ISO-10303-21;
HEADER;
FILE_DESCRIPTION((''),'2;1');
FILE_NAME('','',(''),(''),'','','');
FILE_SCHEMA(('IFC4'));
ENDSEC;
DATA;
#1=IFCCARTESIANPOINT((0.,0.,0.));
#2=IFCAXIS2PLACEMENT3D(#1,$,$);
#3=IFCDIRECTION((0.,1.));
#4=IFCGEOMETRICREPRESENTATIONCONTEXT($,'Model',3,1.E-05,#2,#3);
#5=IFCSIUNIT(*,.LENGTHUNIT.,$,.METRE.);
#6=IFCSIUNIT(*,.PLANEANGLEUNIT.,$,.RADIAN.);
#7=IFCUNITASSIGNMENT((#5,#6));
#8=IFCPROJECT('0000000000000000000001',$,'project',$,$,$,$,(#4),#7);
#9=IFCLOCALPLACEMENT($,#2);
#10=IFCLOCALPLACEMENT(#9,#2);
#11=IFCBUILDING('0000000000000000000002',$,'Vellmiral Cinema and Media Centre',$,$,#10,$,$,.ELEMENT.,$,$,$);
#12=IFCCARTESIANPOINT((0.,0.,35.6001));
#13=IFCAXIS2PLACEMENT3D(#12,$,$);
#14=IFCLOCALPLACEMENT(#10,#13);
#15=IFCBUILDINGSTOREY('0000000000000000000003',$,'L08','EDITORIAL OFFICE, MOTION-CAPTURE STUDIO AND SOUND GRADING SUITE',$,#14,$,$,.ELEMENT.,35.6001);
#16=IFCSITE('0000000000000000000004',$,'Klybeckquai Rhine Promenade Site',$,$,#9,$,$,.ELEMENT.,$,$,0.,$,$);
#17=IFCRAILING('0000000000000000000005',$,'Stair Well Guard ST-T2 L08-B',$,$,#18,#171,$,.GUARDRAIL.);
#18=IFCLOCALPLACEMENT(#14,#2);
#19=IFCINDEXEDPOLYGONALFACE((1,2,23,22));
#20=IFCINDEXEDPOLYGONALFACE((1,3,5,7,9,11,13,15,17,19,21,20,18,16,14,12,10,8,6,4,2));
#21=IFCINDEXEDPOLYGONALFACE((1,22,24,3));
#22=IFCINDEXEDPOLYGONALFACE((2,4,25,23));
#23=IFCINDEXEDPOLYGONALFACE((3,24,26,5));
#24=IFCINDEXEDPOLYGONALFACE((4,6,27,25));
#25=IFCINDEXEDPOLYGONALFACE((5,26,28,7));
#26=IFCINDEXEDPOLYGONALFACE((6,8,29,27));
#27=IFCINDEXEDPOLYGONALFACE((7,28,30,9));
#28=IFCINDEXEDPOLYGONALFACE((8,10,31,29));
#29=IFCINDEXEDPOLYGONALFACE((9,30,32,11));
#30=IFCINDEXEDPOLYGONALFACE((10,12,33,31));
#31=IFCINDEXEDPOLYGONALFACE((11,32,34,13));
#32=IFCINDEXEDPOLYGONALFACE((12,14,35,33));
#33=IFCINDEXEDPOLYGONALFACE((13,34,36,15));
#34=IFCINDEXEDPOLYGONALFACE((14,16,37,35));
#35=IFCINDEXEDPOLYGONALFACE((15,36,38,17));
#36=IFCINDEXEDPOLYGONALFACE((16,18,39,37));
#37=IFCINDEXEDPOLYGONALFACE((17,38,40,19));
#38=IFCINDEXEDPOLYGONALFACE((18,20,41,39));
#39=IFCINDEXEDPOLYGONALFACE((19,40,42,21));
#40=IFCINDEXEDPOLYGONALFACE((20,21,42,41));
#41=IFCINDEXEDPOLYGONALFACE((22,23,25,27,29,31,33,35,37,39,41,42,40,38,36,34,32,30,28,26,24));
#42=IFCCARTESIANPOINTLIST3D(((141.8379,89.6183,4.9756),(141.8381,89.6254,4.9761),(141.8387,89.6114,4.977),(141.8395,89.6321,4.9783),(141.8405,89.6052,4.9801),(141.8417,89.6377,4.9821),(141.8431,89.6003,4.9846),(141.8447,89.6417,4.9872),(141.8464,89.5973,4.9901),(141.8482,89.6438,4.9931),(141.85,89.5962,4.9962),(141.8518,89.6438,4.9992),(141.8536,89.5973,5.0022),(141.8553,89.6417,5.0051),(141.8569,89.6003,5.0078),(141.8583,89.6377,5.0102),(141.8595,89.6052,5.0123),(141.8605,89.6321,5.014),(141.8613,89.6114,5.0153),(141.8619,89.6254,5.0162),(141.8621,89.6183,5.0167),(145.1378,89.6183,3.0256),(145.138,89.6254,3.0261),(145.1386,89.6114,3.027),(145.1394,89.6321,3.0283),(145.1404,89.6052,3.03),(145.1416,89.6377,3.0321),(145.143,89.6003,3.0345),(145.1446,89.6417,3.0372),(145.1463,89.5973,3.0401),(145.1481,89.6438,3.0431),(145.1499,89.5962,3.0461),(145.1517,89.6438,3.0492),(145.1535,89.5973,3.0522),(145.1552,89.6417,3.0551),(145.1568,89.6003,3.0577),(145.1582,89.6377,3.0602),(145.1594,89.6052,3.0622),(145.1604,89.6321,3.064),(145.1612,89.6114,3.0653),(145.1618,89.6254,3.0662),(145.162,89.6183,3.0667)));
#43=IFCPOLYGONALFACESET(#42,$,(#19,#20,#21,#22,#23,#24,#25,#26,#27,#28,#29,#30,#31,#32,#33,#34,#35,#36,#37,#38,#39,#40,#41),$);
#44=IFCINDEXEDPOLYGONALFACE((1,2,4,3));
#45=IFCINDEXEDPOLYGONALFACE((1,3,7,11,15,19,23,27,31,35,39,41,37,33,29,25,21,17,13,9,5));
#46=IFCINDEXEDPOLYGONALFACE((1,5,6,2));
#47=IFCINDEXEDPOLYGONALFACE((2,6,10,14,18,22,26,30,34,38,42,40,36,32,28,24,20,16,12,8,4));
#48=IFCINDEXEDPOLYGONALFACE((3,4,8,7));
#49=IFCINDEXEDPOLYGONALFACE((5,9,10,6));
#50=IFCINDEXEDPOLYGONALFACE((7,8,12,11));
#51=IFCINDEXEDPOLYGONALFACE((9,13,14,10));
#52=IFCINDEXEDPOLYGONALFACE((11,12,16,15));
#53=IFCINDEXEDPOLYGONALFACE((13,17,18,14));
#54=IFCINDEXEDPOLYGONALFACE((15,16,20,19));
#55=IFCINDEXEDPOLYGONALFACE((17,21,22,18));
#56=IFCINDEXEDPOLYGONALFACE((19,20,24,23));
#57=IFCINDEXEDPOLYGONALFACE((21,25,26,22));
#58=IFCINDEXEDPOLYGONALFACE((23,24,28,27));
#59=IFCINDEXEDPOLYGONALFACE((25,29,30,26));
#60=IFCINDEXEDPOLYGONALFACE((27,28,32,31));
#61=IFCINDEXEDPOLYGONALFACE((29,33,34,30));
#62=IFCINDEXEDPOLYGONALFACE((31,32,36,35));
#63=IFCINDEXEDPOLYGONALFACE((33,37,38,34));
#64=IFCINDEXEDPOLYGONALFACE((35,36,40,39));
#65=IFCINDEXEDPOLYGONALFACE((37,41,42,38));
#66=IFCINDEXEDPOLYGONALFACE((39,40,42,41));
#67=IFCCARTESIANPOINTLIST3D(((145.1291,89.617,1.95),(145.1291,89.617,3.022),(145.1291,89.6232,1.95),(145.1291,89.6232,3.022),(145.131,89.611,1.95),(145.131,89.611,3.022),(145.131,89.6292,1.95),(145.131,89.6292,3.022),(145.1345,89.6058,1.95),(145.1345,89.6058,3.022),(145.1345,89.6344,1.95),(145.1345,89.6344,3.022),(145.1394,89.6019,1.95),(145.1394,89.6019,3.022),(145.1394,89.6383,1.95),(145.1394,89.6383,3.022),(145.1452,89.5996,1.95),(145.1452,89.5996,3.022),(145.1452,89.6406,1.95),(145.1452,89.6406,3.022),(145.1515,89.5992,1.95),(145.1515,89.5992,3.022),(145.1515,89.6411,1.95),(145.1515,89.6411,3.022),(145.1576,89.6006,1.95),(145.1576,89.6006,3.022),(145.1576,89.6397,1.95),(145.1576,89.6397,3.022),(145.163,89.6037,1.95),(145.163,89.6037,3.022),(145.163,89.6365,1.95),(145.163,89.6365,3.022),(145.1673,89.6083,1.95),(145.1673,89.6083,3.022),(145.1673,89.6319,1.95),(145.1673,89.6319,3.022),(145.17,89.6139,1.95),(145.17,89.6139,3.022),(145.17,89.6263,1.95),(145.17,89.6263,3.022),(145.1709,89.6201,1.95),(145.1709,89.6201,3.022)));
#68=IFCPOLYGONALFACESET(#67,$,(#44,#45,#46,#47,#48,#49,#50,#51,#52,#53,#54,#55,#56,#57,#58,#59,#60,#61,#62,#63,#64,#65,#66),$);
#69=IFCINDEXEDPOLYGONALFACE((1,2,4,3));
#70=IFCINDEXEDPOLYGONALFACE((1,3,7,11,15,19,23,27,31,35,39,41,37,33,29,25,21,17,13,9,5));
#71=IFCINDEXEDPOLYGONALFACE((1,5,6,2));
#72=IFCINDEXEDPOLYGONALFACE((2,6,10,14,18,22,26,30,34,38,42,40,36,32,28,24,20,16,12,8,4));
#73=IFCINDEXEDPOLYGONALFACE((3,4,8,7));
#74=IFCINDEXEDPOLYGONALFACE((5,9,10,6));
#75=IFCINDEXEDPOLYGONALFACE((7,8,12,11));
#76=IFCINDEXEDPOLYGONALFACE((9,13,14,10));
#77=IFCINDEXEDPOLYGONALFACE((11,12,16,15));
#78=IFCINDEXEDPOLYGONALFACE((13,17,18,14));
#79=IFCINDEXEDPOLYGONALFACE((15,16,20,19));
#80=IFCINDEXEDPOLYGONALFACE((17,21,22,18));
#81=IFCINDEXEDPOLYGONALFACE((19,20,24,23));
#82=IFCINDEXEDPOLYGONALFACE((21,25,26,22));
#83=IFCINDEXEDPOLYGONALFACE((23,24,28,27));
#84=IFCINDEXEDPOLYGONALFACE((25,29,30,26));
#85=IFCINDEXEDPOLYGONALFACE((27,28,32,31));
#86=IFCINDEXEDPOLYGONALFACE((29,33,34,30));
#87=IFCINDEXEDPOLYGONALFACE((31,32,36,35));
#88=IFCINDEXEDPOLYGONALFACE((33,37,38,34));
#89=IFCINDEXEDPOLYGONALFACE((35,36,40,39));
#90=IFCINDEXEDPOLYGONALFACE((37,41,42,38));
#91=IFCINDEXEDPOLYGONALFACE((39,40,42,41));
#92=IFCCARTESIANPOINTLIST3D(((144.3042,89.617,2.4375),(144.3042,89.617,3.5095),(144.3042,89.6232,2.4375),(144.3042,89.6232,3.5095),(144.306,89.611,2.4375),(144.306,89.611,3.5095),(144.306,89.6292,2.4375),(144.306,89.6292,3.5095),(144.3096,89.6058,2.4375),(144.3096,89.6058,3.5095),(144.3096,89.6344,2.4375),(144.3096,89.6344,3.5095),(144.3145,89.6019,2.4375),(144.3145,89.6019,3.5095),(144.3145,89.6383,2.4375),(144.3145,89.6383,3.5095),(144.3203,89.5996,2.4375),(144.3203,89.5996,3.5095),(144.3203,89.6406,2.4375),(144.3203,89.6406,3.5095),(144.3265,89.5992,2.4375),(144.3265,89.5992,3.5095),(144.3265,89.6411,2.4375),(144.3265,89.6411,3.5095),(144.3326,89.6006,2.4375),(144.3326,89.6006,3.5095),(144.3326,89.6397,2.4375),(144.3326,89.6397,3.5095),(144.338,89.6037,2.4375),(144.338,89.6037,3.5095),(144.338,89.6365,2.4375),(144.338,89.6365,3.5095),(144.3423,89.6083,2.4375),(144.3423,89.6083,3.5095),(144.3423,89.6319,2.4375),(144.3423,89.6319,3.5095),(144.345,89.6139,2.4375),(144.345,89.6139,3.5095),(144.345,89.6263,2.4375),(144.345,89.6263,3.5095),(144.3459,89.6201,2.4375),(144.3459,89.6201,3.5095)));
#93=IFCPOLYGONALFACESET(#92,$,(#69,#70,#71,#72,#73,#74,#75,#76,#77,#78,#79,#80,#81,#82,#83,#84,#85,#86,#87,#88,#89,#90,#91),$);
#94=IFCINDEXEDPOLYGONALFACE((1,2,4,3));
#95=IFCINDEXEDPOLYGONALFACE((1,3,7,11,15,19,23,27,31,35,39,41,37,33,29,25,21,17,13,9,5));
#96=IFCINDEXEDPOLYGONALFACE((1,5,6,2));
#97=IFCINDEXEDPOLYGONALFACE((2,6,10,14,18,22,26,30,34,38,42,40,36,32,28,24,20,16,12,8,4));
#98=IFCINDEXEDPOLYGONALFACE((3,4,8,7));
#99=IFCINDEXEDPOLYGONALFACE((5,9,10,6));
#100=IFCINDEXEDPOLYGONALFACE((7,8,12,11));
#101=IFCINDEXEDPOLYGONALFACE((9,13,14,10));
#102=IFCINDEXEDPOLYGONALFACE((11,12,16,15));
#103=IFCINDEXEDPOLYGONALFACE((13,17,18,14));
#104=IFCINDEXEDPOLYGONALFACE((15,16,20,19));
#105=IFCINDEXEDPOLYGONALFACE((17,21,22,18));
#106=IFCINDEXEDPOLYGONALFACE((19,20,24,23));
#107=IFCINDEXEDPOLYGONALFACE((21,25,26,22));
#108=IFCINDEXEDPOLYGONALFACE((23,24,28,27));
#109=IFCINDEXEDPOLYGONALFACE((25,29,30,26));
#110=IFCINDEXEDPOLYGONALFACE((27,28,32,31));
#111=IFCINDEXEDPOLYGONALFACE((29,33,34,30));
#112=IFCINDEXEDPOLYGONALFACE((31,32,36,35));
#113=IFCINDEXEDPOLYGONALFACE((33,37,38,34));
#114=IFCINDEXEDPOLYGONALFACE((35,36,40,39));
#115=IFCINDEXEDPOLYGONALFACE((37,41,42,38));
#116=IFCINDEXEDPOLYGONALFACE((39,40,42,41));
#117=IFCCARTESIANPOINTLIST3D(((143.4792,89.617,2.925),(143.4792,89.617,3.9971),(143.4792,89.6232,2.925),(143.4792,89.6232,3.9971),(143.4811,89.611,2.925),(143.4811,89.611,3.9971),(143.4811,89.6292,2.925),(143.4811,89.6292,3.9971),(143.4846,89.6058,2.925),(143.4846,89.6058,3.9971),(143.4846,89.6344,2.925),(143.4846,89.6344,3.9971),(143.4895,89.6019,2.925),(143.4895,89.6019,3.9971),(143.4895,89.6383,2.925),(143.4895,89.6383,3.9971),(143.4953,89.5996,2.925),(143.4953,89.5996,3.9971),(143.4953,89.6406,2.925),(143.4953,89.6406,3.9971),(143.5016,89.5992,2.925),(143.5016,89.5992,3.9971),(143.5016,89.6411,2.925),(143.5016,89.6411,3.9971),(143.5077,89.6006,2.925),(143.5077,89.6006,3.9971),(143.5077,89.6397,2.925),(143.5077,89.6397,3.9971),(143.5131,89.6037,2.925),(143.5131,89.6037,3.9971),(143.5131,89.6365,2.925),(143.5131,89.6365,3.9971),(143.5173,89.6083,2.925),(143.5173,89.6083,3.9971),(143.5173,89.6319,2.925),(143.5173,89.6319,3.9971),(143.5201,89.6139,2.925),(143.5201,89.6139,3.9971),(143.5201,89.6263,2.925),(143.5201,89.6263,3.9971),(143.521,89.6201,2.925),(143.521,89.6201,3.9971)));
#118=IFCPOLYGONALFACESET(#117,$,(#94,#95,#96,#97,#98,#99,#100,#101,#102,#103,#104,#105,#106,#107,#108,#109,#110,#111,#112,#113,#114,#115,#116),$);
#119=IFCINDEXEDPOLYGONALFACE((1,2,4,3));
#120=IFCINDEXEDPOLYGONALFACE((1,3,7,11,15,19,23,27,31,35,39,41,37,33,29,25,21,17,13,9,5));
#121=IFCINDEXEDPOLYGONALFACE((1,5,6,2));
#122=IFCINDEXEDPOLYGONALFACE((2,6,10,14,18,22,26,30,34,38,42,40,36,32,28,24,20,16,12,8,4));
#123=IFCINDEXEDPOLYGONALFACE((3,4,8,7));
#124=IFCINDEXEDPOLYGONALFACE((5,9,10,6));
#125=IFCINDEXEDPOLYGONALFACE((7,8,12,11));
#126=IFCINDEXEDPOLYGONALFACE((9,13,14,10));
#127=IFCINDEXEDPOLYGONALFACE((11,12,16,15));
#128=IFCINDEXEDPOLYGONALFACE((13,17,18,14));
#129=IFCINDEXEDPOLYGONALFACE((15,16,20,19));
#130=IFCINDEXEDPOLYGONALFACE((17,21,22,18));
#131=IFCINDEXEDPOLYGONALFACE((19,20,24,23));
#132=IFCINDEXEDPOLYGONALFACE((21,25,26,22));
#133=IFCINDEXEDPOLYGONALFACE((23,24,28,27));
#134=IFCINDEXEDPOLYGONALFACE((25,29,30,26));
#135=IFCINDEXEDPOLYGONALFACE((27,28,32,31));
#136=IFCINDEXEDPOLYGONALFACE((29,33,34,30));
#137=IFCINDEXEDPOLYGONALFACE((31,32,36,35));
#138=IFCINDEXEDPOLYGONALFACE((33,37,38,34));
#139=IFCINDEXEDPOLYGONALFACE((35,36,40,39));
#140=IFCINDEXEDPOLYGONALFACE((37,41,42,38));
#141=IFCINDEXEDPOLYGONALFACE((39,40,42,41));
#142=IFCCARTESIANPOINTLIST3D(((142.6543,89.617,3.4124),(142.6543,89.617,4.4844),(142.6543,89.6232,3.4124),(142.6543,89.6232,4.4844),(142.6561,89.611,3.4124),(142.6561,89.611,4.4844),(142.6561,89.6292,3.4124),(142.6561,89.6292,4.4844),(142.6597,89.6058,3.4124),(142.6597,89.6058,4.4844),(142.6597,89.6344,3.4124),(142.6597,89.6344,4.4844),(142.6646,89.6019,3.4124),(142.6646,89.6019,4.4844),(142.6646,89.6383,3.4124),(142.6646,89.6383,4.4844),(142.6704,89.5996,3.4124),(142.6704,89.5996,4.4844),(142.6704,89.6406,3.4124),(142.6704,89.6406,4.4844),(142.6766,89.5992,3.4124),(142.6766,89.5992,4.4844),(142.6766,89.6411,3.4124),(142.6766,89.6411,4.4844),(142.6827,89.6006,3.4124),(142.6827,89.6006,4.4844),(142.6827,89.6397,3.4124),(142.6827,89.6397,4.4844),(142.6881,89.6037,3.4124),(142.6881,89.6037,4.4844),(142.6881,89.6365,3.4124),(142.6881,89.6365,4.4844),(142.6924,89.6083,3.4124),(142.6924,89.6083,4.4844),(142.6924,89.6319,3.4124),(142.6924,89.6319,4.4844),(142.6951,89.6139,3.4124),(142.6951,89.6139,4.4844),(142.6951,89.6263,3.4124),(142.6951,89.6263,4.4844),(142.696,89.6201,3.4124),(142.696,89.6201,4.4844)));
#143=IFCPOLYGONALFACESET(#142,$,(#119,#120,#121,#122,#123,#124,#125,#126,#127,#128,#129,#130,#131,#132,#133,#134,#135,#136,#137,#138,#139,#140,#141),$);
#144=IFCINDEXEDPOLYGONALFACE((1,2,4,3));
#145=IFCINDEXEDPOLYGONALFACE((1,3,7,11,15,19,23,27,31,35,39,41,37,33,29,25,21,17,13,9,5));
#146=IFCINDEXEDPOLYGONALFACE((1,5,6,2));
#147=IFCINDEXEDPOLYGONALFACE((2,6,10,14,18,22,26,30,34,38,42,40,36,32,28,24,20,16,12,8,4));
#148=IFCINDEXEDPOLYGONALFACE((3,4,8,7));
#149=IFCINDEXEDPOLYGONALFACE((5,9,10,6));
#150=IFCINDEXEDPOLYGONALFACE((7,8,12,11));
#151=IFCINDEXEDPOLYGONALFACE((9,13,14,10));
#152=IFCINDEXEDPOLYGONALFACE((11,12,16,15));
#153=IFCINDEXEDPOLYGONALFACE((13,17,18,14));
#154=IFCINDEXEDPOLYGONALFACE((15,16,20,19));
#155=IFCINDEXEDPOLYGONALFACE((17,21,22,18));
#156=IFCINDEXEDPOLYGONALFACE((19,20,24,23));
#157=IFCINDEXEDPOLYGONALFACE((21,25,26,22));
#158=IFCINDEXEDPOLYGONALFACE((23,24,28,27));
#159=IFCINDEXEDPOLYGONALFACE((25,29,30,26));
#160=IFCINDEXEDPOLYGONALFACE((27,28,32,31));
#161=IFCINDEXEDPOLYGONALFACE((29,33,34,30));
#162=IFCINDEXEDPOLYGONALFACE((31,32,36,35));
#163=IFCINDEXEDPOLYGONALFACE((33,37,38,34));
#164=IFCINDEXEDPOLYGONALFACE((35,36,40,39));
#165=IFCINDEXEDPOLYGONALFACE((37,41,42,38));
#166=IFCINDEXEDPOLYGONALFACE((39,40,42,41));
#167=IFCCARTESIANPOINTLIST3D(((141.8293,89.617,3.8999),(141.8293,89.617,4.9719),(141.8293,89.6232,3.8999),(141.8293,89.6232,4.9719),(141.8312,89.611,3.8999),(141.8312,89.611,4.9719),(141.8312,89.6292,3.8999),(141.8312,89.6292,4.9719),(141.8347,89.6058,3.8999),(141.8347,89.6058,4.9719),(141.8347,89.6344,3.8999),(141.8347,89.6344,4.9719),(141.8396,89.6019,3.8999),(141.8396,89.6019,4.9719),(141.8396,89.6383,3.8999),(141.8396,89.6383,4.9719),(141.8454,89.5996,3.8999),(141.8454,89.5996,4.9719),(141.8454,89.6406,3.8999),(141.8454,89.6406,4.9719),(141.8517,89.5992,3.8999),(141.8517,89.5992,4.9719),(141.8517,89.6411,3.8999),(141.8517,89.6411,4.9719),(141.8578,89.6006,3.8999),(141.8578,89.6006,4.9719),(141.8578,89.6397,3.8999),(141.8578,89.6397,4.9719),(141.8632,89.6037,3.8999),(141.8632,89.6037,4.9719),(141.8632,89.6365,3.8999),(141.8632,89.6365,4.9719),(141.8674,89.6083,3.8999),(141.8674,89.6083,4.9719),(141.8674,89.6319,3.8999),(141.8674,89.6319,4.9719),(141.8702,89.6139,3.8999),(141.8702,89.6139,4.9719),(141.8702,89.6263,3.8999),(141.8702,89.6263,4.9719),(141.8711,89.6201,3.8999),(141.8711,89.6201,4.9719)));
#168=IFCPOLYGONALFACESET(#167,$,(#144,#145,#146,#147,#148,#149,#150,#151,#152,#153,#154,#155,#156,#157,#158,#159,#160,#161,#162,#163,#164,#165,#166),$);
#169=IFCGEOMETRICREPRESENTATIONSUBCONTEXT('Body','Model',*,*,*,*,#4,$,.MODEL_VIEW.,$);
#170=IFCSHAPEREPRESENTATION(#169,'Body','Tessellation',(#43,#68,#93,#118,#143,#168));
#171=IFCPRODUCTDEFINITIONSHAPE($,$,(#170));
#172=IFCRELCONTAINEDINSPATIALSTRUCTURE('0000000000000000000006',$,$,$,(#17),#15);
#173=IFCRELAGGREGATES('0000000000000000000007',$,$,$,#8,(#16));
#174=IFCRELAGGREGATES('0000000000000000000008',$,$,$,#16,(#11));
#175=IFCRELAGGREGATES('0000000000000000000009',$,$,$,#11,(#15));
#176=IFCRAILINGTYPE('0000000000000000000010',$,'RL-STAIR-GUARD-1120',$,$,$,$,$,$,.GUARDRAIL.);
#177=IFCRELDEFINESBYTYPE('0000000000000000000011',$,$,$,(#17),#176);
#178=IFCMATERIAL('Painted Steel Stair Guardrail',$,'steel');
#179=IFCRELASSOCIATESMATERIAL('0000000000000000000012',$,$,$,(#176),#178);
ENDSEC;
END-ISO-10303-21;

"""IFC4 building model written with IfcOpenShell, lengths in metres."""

from ifc_helpers import new_model, si_unit, direction, frame, origin, origin_2d, place, context, subcontext, project, spatial, circle, extrude, material, type_object, element, save


model = new_model("IFC4")

# Units and contexts
model_context = context("Model", 3, precision=1e-05, world=origin(), true_north=direction((0.0, 1.0)))
body_context = subcontext(model_context, "Body", "Model", "MODEL_VIEW")
ifc_project = project(units=[si_unit("LENGTHUNIT", "METRE"), si_unit("PLANEANGLEUNIT", "RADIAN")], contexts=[model_context])

# Site, building, storey
site_placement = place(None, origin())
site = spatial("IfcSite", under=ifc_project, at=site_placement, Name="Klybeckquai Rhine Promenade Site", CompositionType="ELEMENT", RefElevation=0.0)
building_placement = place(site_placement, origin())
building = spatial("IfcBuilding", under=site, at=building_placement, Name="Vellmiral Cinema and Media Centre", CompositionType="ELEMENT")
storey_placement = place(building_placement, frame((0.0, 0.0, 35.6001)))
storey = spatial("IfcBuildingStorey", under=building, at=storey_placement, Name="L08", Description="EDITORIAL OFFICE, MOTION-CAPTURE STUDIO AND SOUND GRADING SUITE", CompositionType="ELEMENT", Elevation=35.6001)

# Railing
ifc_material_1 = material(Name="Painted Steel Stair Guardrail", Category="steel")
railing_type_1 = type_object("IfcRailingType", Name="RL-STAIR-GUARD-1120", PredefinedType="GUARDRAIL", material=ifc_material_1)
railing_1_placement = place(storey_placement, frame((145.1499, 89.6201, 1.95)))
element("IfcRailing", 1, at=railing_1_placement, inside=storey, type_object=railing_type_1, Name="Stair Well Guard ST-T2 L08-B", PredefinedType="GUARDRAIL", context=body_context, shape_type="SweptSolid", body=[
    extrude(circle(Radius=0.0239, at=origin_2d()), frame((0.0, 0.0, 1.0962), z_axis=(-0.860919, 0.0, 0.508742), x_axis=(0.0, -1.0, 0.0)), (0.0, 0.0, 1.0), 3.833),
    extrude(circle(Radius=0.021, at=origin_2d()), origin(), (0.0, 0.0, 1.0), 1.072),
    extrude(circle(Radius=0.021, at=origin_2d()), frame((-0.825, 0.0, 0.4875)), (0.0, 0.0, 1.0), 1.072),
    extrude(circle(Radius=0.021, at=origin_2d()), frame((-1.6499, 0.0, 0.9751)), (0.0, 0.0, 1.0), 1.072),
    extrude(circle(Radius=0.021, at=origin_2d()), frame((-2.4749, 0.0, 1.4624)), (0.0, 0.0, 1.0), 1.072),
    extrude(circle(Radius=0.021, at=origin_2d()), frame((-3.2998, 0.0, 1.95)), (0.0, 0.0, 1.0), 1.072),
])

save(model, "model.ifc")
